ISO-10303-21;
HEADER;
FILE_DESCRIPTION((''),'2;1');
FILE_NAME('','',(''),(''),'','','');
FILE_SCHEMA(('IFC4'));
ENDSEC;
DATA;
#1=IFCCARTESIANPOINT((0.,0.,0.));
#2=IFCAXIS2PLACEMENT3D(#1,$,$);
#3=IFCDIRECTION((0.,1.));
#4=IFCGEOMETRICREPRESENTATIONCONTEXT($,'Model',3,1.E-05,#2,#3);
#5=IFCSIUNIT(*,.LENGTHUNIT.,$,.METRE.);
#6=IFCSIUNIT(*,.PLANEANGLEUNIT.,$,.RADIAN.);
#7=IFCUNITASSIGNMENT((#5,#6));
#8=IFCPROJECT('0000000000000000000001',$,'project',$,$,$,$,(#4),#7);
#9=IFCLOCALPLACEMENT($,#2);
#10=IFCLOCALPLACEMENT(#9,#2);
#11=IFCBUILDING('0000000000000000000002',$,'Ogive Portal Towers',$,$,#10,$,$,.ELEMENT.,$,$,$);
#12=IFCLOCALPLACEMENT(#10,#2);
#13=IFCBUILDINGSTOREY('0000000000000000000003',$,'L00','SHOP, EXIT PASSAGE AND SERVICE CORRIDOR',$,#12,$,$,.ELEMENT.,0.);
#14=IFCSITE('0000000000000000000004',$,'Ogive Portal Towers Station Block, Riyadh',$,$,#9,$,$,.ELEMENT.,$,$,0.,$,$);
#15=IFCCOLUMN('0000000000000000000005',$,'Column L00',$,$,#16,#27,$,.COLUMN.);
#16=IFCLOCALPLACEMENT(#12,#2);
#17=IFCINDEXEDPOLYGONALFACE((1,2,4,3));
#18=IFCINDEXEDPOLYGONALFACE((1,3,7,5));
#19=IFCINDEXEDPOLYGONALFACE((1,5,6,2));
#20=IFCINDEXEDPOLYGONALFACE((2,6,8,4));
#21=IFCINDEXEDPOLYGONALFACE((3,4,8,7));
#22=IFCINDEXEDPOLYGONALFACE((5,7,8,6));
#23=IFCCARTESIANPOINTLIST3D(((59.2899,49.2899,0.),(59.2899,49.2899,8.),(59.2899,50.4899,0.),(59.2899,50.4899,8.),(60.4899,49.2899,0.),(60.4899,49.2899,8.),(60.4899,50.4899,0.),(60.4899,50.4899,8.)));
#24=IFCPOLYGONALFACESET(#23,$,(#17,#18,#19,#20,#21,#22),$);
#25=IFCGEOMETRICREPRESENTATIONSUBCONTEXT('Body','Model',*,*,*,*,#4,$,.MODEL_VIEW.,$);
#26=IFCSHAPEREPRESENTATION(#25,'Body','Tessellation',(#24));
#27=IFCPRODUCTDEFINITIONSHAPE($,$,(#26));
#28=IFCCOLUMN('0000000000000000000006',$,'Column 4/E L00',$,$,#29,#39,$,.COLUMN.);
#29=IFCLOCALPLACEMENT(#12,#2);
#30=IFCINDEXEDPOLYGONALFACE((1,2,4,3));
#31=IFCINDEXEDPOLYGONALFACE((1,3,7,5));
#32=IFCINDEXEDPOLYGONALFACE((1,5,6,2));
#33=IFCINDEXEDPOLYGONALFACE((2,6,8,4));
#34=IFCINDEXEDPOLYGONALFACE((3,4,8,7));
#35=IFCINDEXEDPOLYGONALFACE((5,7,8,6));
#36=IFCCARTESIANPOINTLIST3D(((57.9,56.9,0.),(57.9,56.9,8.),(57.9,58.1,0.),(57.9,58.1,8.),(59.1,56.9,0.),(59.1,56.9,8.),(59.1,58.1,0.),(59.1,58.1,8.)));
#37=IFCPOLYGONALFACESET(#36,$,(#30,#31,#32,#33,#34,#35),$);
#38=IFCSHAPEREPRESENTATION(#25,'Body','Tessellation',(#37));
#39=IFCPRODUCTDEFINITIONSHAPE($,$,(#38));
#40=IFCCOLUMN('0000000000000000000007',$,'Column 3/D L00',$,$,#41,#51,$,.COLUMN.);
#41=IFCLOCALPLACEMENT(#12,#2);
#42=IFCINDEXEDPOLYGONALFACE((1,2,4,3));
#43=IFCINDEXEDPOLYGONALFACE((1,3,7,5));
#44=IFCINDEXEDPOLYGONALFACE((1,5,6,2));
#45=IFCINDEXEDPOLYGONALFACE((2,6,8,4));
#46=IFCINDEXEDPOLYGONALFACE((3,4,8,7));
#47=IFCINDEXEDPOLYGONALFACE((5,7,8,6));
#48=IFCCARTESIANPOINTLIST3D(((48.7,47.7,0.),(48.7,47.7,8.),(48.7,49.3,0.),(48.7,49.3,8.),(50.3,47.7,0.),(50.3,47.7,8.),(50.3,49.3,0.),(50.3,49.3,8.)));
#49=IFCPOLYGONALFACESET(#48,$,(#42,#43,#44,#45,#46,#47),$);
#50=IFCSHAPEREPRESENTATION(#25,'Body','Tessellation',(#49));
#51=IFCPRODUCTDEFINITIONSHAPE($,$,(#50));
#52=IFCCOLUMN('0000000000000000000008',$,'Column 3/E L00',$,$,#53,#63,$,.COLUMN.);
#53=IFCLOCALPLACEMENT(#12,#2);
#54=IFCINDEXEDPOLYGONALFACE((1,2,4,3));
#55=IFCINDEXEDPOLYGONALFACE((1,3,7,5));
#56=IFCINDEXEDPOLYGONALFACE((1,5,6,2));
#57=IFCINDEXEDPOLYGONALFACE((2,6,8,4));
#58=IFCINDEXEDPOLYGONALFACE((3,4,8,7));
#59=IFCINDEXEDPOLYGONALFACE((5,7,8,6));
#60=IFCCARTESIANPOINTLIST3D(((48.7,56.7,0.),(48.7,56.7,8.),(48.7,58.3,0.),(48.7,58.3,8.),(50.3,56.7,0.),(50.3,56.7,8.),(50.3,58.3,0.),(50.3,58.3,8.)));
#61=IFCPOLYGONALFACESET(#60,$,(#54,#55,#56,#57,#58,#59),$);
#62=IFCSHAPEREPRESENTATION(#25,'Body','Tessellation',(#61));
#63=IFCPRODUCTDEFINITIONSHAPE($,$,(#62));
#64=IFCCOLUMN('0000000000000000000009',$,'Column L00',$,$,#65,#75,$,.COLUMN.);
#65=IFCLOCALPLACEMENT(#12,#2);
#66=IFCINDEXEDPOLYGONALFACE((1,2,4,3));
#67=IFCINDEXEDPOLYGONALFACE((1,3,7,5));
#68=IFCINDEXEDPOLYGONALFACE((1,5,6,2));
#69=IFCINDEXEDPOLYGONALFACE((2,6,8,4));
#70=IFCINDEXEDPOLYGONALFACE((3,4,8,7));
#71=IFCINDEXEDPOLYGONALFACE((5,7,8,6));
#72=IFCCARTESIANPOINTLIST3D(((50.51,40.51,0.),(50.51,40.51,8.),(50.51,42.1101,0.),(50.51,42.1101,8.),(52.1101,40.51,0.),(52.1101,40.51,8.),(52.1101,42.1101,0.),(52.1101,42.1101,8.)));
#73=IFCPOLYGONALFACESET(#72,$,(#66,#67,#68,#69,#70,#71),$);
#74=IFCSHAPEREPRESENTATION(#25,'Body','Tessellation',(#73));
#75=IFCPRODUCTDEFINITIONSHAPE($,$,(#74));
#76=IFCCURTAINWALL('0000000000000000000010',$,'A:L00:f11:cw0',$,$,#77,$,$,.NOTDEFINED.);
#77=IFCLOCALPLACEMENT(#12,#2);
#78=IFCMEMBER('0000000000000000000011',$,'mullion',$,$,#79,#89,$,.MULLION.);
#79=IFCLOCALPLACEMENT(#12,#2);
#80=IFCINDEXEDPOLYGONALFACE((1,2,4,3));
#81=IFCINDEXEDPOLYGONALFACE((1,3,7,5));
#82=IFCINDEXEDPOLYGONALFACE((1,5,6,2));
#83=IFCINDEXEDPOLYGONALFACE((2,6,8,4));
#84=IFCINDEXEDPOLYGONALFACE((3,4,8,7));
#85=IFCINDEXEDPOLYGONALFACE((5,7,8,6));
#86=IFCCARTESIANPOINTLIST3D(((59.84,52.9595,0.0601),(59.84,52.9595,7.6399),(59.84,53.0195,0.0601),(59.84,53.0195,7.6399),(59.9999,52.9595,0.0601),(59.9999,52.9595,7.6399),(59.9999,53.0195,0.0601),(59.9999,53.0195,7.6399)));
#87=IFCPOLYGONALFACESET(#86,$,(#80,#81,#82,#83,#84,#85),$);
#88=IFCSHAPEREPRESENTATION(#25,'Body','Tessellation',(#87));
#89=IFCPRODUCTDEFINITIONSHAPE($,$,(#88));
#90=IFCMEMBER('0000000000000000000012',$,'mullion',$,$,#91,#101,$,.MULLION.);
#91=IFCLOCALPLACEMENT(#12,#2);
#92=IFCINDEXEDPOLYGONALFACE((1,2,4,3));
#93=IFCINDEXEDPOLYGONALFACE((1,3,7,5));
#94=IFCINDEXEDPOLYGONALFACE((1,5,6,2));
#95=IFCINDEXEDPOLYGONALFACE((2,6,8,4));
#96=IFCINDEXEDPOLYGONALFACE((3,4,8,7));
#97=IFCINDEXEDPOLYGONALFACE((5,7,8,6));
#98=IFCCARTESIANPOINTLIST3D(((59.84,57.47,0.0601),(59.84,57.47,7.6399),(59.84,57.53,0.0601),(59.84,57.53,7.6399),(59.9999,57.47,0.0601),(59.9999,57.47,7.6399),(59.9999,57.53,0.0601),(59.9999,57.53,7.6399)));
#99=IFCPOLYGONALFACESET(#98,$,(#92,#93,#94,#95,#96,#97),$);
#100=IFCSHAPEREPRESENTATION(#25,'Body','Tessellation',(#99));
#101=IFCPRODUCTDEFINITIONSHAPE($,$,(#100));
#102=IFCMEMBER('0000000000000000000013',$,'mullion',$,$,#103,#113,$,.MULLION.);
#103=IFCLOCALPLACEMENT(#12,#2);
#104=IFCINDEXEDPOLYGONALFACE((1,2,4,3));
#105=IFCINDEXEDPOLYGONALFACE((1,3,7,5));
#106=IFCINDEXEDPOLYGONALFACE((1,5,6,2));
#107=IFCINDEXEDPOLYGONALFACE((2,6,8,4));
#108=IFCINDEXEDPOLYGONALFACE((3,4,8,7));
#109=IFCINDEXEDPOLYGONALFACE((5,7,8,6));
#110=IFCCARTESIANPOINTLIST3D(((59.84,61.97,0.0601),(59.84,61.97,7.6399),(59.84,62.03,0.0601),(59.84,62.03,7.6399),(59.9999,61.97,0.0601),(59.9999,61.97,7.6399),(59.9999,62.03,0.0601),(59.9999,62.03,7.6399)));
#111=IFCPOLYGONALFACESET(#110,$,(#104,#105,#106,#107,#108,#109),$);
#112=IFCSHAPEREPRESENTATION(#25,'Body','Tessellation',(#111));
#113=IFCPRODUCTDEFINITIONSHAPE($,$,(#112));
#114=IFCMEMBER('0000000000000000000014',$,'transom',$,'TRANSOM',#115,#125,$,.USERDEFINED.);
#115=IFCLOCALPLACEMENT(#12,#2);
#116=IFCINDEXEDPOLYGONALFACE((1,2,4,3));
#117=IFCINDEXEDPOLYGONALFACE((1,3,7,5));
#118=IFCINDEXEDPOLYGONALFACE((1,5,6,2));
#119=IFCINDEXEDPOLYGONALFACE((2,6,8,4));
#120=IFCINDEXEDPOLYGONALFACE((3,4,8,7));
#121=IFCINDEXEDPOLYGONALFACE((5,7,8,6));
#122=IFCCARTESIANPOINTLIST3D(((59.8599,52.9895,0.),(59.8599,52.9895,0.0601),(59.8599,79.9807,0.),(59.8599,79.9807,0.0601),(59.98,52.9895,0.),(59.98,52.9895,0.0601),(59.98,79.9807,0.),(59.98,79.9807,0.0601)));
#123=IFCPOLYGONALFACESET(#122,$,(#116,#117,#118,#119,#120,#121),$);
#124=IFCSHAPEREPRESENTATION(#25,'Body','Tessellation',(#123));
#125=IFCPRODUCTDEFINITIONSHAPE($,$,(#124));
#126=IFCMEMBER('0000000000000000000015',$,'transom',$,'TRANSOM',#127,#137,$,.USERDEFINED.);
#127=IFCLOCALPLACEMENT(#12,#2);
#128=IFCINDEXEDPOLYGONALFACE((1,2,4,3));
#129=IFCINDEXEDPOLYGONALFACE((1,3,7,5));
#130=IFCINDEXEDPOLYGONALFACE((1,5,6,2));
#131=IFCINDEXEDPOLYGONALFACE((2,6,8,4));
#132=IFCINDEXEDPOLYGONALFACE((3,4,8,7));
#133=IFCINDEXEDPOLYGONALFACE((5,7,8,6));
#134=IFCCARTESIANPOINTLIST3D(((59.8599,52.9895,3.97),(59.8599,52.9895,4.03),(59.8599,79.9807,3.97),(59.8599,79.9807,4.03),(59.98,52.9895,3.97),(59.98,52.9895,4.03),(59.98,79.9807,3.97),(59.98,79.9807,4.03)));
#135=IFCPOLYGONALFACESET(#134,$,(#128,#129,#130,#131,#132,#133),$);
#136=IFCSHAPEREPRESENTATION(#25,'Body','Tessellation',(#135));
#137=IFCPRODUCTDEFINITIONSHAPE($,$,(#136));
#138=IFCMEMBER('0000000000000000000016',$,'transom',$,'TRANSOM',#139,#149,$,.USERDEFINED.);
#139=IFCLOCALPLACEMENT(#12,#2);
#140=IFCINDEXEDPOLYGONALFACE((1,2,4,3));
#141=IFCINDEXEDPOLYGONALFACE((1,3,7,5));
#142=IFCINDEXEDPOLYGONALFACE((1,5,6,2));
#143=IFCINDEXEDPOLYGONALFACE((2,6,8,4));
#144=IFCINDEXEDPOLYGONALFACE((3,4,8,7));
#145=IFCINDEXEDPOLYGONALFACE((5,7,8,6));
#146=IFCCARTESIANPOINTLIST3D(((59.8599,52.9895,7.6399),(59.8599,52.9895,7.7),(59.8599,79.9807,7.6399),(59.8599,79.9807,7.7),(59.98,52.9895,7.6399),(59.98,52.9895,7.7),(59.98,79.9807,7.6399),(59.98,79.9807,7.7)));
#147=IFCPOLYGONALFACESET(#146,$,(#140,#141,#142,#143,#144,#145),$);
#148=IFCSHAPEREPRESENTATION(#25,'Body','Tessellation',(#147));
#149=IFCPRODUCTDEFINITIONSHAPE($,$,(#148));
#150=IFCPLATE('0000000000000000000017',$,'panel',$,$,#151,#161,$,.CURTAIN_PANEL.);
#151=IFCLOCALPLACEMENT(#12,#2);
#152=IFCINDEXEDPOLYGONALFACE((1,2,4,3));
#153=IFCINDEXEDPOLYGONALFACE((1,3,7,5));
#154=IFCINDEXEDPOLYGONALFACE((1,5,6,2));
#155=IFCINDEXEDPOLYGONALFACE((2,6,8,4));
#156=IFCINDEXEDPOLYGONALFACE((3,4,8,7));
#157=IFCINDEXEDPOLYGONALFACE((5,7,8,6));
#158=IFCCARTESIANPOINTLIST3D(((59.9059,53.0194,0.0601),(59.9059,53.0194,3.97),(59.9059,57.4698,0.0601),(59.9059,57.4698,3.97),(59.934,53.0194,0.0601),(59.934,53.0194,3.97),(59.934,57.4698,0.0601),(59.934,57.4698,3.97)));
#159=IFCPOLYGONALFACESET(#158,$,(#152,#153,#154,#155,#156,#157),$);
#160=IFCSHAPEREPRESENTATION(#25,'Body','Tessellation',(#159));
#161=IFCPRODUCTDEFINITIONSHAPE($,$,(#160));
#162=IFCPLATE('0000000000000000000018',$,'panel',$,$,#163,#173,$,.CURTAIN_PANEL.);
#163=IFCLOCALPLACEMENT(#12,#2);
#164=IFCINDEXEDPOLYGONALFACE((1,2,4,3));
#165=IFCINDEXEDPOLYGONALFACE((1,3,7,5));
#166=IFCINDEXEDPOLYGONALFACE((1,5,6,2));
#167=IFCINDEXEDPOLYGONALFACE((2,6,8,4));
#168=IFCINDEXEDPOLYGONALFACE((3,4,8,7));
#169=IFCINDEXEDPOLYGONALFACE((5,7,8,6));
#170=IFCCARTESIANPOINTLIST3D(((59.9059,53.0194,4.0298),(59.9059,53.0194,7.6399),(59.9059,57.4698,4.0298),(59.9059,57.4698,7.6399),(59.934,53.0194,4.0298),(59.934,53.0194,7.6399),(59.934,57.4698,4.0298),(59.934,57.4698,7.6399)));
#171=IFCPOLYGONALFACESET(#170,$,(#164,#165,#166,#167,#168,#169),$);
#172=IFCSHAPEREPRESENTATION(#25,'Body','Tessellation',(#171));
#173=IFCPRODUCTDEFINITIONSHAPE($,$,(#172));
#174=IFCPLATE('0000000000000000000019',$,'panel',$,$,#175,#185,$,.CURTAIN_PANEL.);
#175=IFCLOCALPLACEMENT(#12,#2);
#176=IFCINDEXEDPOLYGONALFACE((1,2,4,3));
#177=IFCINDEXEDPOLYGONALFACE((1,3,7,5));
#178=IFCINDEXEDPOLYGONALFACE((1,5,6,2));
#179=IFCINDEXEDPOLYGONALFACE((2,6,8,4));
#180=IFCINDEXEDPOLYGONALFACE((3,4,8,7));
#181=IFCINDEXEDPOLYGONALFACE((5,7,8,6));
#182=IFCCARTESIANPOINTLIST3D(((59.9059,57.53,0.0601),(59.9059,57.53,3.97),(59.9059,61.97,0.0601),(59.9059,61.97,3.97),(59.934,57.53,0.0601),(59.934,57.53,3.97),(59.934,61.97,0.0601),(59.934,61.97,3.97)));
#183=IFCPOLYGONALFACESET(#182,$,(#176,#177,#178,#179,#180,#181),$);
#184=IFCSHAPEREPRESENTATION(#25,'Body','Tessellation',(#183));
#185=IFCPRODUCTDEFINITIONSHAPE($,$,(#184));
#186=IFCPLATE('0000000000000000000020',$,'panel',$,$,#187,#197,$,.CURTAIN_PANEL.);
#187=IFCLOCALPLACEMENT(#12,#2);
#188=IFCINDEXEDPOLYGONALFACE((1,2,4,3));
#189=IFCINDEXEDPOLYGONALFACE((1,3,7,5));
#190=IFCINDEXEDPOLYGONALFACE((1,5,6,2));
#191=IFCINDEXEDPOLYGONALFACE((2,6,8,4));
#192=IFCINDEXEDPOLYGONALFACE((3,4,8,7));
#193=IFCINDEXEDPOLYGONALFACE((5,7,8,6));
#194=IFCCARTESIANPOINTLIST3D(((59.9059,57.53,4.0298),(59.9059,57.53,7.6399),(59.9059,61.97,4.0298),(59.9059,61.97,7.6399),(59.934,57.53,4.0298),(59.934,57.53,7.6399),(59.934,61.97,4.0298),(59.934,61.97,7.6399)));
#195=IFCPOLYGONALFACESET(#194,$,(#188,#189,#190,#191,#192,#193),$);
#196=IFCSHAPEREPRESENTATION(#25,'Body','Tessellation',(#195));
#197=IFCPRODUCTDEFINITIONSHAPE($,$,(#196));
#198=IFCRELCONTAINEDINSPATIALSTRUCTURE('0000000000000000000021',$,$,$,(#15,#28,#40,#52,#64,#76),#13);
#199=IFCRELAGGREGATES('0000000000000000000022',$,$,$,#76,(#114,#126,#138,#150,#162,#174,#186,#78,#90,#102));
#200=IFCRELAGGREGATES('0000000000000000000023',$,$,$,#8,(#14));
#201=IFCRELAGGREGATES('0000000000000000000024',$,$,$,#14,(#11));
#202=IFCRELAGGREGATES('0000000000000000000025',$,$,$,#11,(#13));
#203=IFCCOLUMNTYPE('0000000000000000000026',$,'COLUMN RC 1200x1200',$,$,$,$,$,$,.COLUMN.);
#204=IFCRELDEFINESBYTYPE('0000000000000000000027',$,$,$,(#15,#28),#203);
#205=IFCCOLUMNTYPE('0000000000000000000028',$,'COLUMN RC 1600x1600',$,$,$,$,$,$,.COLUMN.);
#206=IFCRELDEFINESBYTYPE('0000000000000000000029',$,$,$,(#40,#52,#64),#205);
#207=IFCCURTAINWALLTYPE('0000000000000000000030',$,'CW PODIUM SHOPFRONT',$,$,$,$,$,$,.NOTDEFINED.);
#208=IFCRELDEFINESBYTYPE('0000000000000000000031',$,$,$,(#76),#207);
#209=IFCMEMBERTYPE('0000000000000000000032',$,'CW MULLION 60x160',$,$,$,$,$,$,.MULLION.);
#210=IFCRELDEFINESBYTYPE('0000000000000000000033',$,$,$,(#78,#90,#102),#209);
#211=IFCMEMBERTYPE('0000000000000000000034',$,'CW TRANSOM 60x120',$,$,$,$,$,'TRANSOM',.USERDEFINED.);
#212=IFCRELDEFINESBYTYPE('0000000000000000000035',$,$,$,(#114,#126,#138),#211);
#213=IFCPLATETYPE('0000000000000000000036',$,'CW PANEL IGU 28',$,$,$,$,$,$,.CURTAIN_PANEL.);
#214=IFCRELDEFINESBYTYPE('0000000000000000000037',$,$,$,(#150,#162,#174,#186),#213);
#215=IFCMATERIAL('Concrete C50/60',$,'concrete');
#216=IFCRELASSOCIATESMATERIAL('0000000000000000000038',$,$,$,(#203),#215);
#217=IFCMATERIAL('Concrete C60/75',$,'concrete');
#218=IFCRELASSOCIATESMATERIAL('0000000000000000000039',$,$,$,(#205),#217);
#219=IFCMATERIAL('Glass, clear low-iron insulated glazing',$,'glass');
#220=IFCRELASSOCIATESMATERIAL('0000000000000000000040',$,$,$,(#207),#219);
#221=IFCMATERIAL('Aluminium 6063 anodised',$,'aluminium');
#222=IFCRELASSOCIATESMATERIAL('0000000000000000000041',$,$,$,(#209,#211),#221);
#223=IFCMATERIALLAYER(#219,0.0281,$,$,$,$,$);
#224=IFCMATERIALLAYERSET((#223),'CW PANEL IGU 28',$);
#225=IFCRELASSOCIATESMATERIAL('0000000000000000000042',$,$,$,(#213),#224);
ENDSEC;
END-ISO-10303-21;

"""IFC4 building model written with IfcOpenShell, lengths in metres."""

from ifc_helpers import new_model, si_unit, direction, frame, origin, origin_2d, place, context, subcontext, project, spatial, rectangle, extrude, material, layer, layer_set, material_profile, profile_set, type_object, element, aggregate, save


model = new_model("IFC4")

# Units and contexts
model_context = context("Model", 3, precision=1e-05, world=origin(), true_north=direction((0.0, 1.0)))
body_context = subcontext(model_context, "Body", "Model", "MODEL_VIEW")
ifc_project = project(units=[si_unit("LENGTHUNIT", "METRE"), si_unit("PLANEANGLEUNIT", "RADIAN")], contexts=[model_context])

# Site, building, storey
site_placement = place(None, origin())
site = spatial("IfcSite", under=ifc_project, at=site_placement, Name="Ogive Portal Towers Station Block, Riyadh", CompositionType="ELEMENT", RefElevation=0.0)
building_placement = place(site_placement, origin())
building = spatial("IfcBuilding", under=site, at=building_placement, Name="Ogive Portal Towers", CompositionType="ELEMENT")
storey_placement = place(building_placement, origin())
storey = spatial("IfcBuildingStorey", under=building, at=storey_placement, Name="L00", Description="SHOP, EXIT PASSAGE AND SERVICE CORRIDOR", CompositionType="ELEMENT", Elevation=0.0)

# Columns
ifc_material_1 = material(Name="Concrete C50/60", Category="concrete")
ifc_material_profile_1 = material_profile(ifc_material_1, rectangle(XDim=1.2, YDim=1.2, at=origin_2d()), Name="RC 1200x1200")
ifc_profile_set_1 = profile_set([ifc_material_profile_1], Name="Concrete C50/60")
column_type_1 = type_object("IfcColumnType", Name="COLUMN RC 1200x1200", PredefinedType="COLUMN", material=ifc_profile_set_1)
for number, where, z_axis, x_axis, name in (
    (1, (59.8899, 49.8899, 0.0), (0.0, 0.0, 1.0), (1.0, 0.0, 0.0), "Column L00"),
    (2, (58.5, 57.5, 0.0), (0.0, 0.0, 1.0), (1.0, 0.0, 0.0), "Column 4/E L00"),
):
    element("IfcColumn", number, at=place(storey_placement, frame(where, z_axis=z_axis, x_axis=x_axis)), inside=storey, type_object=column_type_1, Name=name, PredefinedType="COLUMN", context=body_context, shape_type="SweptSolid", body=[
        extrude(rectangle(XDim=1.2, YDim=1.2, at=origin_2d()), origin(), (0.0, 0.0, 1.0), 8.0),
    ])
ifc_material_2 = material(Name="Concrete C60/75", Category="concrete")
ifc_material_profile_2 = material_profile(ifc_material_2, rectangle(XDim=1.6001, YDim=1.6001, at=origin_2d()), Name="RC 1600x1600")
ifc_profile_set_2 = profile_set([ifc_material_profile_2], Name="Concrete C60/75")
column_type_2 = type_object("IfcColumnType", Name="COLUMN RC 1600x1600", PredefinedType="COLUMN", material=ifc_profile_set_2)
for number, where, z_axis, x_axis, name in (
    (3, (49.5, 48.5, 0.0), (0.0, 0.0, 1.0), (1.0, 0.0, 0.0), "Column 3/D L00"),
    (4, (49.5, 57.5, 0.0), (0.0, 0.0, 1.0), (1.0, 0.0, 0.0), "Column 3/E L00"),
    (5, (51.3101, 41.3101, 0.0), (0.0, 0.0, 1.0), (1.0, 0.0, 0.0), "Column L00"),
):
    element("IfcColumn", number, at=place(storey_placement, frame(where, z_axis=z_axis, x_axis=x_axis)), inside=storey, type_object=column_type_2, Name=name, PredefinedType="COLUMN", context=body_context, shape_type="SweptSolid", body=[
        extrude(rectangle(XDim=1.6001, YDim=1.6001, at=origin_2d()), origin(), (0.0, 0.0, 1.0), 8.0),
    ])

# Curtain wall, members, plates
ifc_material_3 = material(Name="Glass, clear low-iron insulated glazing", Category="glass")
curtain_wall_type = type_object("IfcCurtainWallType", Name="CW PODIUM SHOPFRONT", PredefinedType="NOTDEFINED", material=ifc_material_3)
curtain_wall_1_placement = place(storey_placement, origin())
curtain_wall_1 = element("IfcCurtainWall", 6, at=curtain_wall_1_placement, inside=storey, type_object=curtain_wall_type, Name="A:L00:f11:cw0", PredefinedType="NOTDEFINED")
ifc_material_4 = material(Name="Aluminium 6063 anodised", Category="aluminium")
ifc_material_profile_3 = material_profile(ifc_material_4, rectangle(XDim=0.1599, YDim=0.0601, at=origin_2d()), Name="AL 60x160")
ifc_profile_set_3 = profile_set([ifc_material_profile_3], Name="Aluminium 6063 anodised")
member_type_1 = type_object("IfcMemberType", Name="CW MULLION 60x160", PredefinedType="MULLION", material=ifc_profile_set_3)
member_1_placement = place(storey_placement, frame((59.9199, 52.9895, 0.0601), z_axis=(0.0, 0.0, 1.0), x_axis=(-1.0, 0.0, 0.0)))
member_1 = element("IfcMember", 7, at=member_1_placement, type_object=member_type_1, Name="mullion", PredefinedType="MULLION", context=body_context, shape_type="SweptSolid", body=[
    extrude(rectangle(XDim=0.1599, YDim=0.0601, at=origin_2d()), origin(), (0.0, 0.0, 1.0), 7.5798),
])
member_2_placement = place(storey_placement, frame((59.9199, 57.5, 0.0601), z_axis=(0.0, 0.0, 1.0), x_axis=(-1.0, 0.0, 0.0)))
member_2 = element("IfcMember", 8, at=member_2_placement, type_object=member_type_1, Name="mullion", PredefinedType="MULLION", context=body_context, shape_type="SweptSolid", body=[
    extrude(rectangle(XDim=0.1599, YDim=0.0601, at=origin_2d()), origin(), (0.0, 0.0, 1.0), 7.5798),
])
member_3_placement = place(storey_placement, frame((59.9199, 62.0, 0.0601), z_axis=(0.0, 0.0, 1.0), x_axis=(-1.0, 0.0, 0.0)))
member_3 = element("IfcMember", 9, at=member_3_placement, type_object=member_type_1, Name="mullion", PredefinedType="MULLION", context=body_context, shape_type="SweptSolid", body=[
    extrude(rectangle(XDim=0.1599, YDim=0.0601, at=origin_2d()), origin(), (0.0, 0.0, 1.0), 7.5798),
])
ifc_material_profile_4 = material_profile(ifc_material_4, rectangle(XDim=0.1201, YDim=0.0601, at=origin_2d()), Name="AL 120x60")
ifc_profile_set_4 = profile_set([ifc_material_profile_4], Name="Aluminium 6063 anodised")
member_type_2 = type_object("IfcMemberType", Name="CW TRANSOM 60x120", ElementType="TRANSOM", PredefinedType="USERDEFINED", material=ifc_profile_set_4)
member_4_placement = place(storey_placement, frame((59.9199, 52.9895, 0.03), z_axis=(0.0, 1.0, 0.0), x_axis=(-1.0, 0.0, 0.0)))
member_4 = element("IfcMember", 10, at=member_4_placement, type_object=member_type_2, Name="transom", ObjectType="TRANSOM", PredefinedType="USERDEFINED", context=body_context, shape_type="SweptSolid", body=[
    extrude(rectangle(XDim=0.1201, YDim=0.0601, at=origin_2d()), origin(), (0.0, 0.0, 1.0), 26.9912),
])
member_5_placement = place(storey_placement, frame((59.9199, 52.9895, 4.0), z_axis=(0.0, 1.0, 0.0), x_axis=(-1.0, 0.0, 0.0)))
member_5 = element("IfcMember", 11, at=member_5_placement, type_object=member_type_2, Name="transom", ObjectType="TRANSOM", PredefinedType="USERDEFINED", context=body_context, shape_type="SweptSolid", body=[
    extrude(rectangle(XDim=0.1201, YDim=0.0601, at=origin_2d()), origin(), (0.0, 0.0, 1.0), 26.9912),
])
member_6_placement = place(storey_placement, frame((59.9199, 52.9895, 7.6699), z_axis=(0.0, 1.0, 0.0), x_axis=(-1.0, 0.0, 0.0)))
member_6 = element("IfcMember", 12, at=member_6_placement, type_object=member_type_2, Name="transom", ObjectType="TRANSOM", PredefinedType="USERDEFINED", context=body_context, shape_type="SweptSolid", body=[
    extrude(rectangle(XDim=0.1201, YDim=0.0601, at=origin_2d()), origin(), (0.0, 0.0, 1.0), 26.9912),
])
ifc_layer_1 = layer(ifc_material_3, 0.0281)
ifc_layer_set_1 = layer_set([ifc_layer_1], Name="CW PANEL IGU 28")
plate_type = type_object("IfcPlateType", Name="CW PANEL IGU 28", PredefinedType="CURTAIN_PANEL", material=ifc_layer_set_1)
plate_1_placement = place(storey_placement, frame((59.9199, 55.2446, 0.0601), z_axis=(0.0, 0.0, 1.0), x_axis=(0.0, 1.0, 0.0)))
plate_1 = element("IfcPlate", 13, at=plate_1_placement, type_object=plate_type, Name="panel", PredefinedType="CURTAIN_PANEL", context=body_context, shape_type="SweptSolid", body=[
    extrude(rectangle(XDim=4.4504, YDim=0.0281, at=origin_2d()), origin(), (0.0, 0.0, 1.0), 3.9099),
])
plate_2_placement = place(storey_placement, frame((59.9199, 55.2446, 4.0298), z_axis=(0.0, 0.0, 1.0), x_axis=(0.0, 1.0, 0.0)))
plate_2 = element("IfcPlate", 14, at=plate_2_placement, type_object=plate_type, Name="panel", PredefinedType="CURTAIN_PANEL", context=body_context, shape_type="SweptSolid", body=[
    extrude(rectangle(XDim=4.4504, YDim=0.0281, at=origin_2d()), origin(), (0.0, 0.0, 1.0), 3.6101),
])
plate_3_placement = place(storey_placement, frame((59.9199, 59.75, 0.0601), z_axis=(0.0, 0.0, 1.0), x_axis=(0.0, 1.0, 0.0)))
plate_3 = element("IfcPlate", 15, at=plate_3_placement, type_object=plate_type, Name="panel", PredefinedType="CURTAIN_PANEL", context=body_context, shape_type="SweptSolid", body=[
    extrude(rectangle(XDim=4.4399, YDim=0.0281, at=origin_2d()), origin(), (0.0, 0.0, 1.0), 3.9099),
])
plate_4_placement = place(storey_placement, frame((59.9199, 59.75, 4.0298), z_axis=(0.0, 0.0, 1.0), x_axis=(0.0, 1.0, 0.0)))
plate_4 = element("IfcPlate", 16, at=plate_4_placement, type_object=plate_type, Name="panel", PredefinedType="CURTAIN_PANEL", context=body_context, shape_type="SweptSolid", body=[
    extrude(rectangle(XDim=4.4399, YDim=0.0281, at=origin_2d()), origin(), (0.0, 0.0, 1.0), 3.6101),
])
aggregate(curtain_wall_1, [member_4, member_5, member_6, plate_1, plate_2, plate_3, plate_4, member_1, member_2, member_3])

save(model, "model.ifc")
